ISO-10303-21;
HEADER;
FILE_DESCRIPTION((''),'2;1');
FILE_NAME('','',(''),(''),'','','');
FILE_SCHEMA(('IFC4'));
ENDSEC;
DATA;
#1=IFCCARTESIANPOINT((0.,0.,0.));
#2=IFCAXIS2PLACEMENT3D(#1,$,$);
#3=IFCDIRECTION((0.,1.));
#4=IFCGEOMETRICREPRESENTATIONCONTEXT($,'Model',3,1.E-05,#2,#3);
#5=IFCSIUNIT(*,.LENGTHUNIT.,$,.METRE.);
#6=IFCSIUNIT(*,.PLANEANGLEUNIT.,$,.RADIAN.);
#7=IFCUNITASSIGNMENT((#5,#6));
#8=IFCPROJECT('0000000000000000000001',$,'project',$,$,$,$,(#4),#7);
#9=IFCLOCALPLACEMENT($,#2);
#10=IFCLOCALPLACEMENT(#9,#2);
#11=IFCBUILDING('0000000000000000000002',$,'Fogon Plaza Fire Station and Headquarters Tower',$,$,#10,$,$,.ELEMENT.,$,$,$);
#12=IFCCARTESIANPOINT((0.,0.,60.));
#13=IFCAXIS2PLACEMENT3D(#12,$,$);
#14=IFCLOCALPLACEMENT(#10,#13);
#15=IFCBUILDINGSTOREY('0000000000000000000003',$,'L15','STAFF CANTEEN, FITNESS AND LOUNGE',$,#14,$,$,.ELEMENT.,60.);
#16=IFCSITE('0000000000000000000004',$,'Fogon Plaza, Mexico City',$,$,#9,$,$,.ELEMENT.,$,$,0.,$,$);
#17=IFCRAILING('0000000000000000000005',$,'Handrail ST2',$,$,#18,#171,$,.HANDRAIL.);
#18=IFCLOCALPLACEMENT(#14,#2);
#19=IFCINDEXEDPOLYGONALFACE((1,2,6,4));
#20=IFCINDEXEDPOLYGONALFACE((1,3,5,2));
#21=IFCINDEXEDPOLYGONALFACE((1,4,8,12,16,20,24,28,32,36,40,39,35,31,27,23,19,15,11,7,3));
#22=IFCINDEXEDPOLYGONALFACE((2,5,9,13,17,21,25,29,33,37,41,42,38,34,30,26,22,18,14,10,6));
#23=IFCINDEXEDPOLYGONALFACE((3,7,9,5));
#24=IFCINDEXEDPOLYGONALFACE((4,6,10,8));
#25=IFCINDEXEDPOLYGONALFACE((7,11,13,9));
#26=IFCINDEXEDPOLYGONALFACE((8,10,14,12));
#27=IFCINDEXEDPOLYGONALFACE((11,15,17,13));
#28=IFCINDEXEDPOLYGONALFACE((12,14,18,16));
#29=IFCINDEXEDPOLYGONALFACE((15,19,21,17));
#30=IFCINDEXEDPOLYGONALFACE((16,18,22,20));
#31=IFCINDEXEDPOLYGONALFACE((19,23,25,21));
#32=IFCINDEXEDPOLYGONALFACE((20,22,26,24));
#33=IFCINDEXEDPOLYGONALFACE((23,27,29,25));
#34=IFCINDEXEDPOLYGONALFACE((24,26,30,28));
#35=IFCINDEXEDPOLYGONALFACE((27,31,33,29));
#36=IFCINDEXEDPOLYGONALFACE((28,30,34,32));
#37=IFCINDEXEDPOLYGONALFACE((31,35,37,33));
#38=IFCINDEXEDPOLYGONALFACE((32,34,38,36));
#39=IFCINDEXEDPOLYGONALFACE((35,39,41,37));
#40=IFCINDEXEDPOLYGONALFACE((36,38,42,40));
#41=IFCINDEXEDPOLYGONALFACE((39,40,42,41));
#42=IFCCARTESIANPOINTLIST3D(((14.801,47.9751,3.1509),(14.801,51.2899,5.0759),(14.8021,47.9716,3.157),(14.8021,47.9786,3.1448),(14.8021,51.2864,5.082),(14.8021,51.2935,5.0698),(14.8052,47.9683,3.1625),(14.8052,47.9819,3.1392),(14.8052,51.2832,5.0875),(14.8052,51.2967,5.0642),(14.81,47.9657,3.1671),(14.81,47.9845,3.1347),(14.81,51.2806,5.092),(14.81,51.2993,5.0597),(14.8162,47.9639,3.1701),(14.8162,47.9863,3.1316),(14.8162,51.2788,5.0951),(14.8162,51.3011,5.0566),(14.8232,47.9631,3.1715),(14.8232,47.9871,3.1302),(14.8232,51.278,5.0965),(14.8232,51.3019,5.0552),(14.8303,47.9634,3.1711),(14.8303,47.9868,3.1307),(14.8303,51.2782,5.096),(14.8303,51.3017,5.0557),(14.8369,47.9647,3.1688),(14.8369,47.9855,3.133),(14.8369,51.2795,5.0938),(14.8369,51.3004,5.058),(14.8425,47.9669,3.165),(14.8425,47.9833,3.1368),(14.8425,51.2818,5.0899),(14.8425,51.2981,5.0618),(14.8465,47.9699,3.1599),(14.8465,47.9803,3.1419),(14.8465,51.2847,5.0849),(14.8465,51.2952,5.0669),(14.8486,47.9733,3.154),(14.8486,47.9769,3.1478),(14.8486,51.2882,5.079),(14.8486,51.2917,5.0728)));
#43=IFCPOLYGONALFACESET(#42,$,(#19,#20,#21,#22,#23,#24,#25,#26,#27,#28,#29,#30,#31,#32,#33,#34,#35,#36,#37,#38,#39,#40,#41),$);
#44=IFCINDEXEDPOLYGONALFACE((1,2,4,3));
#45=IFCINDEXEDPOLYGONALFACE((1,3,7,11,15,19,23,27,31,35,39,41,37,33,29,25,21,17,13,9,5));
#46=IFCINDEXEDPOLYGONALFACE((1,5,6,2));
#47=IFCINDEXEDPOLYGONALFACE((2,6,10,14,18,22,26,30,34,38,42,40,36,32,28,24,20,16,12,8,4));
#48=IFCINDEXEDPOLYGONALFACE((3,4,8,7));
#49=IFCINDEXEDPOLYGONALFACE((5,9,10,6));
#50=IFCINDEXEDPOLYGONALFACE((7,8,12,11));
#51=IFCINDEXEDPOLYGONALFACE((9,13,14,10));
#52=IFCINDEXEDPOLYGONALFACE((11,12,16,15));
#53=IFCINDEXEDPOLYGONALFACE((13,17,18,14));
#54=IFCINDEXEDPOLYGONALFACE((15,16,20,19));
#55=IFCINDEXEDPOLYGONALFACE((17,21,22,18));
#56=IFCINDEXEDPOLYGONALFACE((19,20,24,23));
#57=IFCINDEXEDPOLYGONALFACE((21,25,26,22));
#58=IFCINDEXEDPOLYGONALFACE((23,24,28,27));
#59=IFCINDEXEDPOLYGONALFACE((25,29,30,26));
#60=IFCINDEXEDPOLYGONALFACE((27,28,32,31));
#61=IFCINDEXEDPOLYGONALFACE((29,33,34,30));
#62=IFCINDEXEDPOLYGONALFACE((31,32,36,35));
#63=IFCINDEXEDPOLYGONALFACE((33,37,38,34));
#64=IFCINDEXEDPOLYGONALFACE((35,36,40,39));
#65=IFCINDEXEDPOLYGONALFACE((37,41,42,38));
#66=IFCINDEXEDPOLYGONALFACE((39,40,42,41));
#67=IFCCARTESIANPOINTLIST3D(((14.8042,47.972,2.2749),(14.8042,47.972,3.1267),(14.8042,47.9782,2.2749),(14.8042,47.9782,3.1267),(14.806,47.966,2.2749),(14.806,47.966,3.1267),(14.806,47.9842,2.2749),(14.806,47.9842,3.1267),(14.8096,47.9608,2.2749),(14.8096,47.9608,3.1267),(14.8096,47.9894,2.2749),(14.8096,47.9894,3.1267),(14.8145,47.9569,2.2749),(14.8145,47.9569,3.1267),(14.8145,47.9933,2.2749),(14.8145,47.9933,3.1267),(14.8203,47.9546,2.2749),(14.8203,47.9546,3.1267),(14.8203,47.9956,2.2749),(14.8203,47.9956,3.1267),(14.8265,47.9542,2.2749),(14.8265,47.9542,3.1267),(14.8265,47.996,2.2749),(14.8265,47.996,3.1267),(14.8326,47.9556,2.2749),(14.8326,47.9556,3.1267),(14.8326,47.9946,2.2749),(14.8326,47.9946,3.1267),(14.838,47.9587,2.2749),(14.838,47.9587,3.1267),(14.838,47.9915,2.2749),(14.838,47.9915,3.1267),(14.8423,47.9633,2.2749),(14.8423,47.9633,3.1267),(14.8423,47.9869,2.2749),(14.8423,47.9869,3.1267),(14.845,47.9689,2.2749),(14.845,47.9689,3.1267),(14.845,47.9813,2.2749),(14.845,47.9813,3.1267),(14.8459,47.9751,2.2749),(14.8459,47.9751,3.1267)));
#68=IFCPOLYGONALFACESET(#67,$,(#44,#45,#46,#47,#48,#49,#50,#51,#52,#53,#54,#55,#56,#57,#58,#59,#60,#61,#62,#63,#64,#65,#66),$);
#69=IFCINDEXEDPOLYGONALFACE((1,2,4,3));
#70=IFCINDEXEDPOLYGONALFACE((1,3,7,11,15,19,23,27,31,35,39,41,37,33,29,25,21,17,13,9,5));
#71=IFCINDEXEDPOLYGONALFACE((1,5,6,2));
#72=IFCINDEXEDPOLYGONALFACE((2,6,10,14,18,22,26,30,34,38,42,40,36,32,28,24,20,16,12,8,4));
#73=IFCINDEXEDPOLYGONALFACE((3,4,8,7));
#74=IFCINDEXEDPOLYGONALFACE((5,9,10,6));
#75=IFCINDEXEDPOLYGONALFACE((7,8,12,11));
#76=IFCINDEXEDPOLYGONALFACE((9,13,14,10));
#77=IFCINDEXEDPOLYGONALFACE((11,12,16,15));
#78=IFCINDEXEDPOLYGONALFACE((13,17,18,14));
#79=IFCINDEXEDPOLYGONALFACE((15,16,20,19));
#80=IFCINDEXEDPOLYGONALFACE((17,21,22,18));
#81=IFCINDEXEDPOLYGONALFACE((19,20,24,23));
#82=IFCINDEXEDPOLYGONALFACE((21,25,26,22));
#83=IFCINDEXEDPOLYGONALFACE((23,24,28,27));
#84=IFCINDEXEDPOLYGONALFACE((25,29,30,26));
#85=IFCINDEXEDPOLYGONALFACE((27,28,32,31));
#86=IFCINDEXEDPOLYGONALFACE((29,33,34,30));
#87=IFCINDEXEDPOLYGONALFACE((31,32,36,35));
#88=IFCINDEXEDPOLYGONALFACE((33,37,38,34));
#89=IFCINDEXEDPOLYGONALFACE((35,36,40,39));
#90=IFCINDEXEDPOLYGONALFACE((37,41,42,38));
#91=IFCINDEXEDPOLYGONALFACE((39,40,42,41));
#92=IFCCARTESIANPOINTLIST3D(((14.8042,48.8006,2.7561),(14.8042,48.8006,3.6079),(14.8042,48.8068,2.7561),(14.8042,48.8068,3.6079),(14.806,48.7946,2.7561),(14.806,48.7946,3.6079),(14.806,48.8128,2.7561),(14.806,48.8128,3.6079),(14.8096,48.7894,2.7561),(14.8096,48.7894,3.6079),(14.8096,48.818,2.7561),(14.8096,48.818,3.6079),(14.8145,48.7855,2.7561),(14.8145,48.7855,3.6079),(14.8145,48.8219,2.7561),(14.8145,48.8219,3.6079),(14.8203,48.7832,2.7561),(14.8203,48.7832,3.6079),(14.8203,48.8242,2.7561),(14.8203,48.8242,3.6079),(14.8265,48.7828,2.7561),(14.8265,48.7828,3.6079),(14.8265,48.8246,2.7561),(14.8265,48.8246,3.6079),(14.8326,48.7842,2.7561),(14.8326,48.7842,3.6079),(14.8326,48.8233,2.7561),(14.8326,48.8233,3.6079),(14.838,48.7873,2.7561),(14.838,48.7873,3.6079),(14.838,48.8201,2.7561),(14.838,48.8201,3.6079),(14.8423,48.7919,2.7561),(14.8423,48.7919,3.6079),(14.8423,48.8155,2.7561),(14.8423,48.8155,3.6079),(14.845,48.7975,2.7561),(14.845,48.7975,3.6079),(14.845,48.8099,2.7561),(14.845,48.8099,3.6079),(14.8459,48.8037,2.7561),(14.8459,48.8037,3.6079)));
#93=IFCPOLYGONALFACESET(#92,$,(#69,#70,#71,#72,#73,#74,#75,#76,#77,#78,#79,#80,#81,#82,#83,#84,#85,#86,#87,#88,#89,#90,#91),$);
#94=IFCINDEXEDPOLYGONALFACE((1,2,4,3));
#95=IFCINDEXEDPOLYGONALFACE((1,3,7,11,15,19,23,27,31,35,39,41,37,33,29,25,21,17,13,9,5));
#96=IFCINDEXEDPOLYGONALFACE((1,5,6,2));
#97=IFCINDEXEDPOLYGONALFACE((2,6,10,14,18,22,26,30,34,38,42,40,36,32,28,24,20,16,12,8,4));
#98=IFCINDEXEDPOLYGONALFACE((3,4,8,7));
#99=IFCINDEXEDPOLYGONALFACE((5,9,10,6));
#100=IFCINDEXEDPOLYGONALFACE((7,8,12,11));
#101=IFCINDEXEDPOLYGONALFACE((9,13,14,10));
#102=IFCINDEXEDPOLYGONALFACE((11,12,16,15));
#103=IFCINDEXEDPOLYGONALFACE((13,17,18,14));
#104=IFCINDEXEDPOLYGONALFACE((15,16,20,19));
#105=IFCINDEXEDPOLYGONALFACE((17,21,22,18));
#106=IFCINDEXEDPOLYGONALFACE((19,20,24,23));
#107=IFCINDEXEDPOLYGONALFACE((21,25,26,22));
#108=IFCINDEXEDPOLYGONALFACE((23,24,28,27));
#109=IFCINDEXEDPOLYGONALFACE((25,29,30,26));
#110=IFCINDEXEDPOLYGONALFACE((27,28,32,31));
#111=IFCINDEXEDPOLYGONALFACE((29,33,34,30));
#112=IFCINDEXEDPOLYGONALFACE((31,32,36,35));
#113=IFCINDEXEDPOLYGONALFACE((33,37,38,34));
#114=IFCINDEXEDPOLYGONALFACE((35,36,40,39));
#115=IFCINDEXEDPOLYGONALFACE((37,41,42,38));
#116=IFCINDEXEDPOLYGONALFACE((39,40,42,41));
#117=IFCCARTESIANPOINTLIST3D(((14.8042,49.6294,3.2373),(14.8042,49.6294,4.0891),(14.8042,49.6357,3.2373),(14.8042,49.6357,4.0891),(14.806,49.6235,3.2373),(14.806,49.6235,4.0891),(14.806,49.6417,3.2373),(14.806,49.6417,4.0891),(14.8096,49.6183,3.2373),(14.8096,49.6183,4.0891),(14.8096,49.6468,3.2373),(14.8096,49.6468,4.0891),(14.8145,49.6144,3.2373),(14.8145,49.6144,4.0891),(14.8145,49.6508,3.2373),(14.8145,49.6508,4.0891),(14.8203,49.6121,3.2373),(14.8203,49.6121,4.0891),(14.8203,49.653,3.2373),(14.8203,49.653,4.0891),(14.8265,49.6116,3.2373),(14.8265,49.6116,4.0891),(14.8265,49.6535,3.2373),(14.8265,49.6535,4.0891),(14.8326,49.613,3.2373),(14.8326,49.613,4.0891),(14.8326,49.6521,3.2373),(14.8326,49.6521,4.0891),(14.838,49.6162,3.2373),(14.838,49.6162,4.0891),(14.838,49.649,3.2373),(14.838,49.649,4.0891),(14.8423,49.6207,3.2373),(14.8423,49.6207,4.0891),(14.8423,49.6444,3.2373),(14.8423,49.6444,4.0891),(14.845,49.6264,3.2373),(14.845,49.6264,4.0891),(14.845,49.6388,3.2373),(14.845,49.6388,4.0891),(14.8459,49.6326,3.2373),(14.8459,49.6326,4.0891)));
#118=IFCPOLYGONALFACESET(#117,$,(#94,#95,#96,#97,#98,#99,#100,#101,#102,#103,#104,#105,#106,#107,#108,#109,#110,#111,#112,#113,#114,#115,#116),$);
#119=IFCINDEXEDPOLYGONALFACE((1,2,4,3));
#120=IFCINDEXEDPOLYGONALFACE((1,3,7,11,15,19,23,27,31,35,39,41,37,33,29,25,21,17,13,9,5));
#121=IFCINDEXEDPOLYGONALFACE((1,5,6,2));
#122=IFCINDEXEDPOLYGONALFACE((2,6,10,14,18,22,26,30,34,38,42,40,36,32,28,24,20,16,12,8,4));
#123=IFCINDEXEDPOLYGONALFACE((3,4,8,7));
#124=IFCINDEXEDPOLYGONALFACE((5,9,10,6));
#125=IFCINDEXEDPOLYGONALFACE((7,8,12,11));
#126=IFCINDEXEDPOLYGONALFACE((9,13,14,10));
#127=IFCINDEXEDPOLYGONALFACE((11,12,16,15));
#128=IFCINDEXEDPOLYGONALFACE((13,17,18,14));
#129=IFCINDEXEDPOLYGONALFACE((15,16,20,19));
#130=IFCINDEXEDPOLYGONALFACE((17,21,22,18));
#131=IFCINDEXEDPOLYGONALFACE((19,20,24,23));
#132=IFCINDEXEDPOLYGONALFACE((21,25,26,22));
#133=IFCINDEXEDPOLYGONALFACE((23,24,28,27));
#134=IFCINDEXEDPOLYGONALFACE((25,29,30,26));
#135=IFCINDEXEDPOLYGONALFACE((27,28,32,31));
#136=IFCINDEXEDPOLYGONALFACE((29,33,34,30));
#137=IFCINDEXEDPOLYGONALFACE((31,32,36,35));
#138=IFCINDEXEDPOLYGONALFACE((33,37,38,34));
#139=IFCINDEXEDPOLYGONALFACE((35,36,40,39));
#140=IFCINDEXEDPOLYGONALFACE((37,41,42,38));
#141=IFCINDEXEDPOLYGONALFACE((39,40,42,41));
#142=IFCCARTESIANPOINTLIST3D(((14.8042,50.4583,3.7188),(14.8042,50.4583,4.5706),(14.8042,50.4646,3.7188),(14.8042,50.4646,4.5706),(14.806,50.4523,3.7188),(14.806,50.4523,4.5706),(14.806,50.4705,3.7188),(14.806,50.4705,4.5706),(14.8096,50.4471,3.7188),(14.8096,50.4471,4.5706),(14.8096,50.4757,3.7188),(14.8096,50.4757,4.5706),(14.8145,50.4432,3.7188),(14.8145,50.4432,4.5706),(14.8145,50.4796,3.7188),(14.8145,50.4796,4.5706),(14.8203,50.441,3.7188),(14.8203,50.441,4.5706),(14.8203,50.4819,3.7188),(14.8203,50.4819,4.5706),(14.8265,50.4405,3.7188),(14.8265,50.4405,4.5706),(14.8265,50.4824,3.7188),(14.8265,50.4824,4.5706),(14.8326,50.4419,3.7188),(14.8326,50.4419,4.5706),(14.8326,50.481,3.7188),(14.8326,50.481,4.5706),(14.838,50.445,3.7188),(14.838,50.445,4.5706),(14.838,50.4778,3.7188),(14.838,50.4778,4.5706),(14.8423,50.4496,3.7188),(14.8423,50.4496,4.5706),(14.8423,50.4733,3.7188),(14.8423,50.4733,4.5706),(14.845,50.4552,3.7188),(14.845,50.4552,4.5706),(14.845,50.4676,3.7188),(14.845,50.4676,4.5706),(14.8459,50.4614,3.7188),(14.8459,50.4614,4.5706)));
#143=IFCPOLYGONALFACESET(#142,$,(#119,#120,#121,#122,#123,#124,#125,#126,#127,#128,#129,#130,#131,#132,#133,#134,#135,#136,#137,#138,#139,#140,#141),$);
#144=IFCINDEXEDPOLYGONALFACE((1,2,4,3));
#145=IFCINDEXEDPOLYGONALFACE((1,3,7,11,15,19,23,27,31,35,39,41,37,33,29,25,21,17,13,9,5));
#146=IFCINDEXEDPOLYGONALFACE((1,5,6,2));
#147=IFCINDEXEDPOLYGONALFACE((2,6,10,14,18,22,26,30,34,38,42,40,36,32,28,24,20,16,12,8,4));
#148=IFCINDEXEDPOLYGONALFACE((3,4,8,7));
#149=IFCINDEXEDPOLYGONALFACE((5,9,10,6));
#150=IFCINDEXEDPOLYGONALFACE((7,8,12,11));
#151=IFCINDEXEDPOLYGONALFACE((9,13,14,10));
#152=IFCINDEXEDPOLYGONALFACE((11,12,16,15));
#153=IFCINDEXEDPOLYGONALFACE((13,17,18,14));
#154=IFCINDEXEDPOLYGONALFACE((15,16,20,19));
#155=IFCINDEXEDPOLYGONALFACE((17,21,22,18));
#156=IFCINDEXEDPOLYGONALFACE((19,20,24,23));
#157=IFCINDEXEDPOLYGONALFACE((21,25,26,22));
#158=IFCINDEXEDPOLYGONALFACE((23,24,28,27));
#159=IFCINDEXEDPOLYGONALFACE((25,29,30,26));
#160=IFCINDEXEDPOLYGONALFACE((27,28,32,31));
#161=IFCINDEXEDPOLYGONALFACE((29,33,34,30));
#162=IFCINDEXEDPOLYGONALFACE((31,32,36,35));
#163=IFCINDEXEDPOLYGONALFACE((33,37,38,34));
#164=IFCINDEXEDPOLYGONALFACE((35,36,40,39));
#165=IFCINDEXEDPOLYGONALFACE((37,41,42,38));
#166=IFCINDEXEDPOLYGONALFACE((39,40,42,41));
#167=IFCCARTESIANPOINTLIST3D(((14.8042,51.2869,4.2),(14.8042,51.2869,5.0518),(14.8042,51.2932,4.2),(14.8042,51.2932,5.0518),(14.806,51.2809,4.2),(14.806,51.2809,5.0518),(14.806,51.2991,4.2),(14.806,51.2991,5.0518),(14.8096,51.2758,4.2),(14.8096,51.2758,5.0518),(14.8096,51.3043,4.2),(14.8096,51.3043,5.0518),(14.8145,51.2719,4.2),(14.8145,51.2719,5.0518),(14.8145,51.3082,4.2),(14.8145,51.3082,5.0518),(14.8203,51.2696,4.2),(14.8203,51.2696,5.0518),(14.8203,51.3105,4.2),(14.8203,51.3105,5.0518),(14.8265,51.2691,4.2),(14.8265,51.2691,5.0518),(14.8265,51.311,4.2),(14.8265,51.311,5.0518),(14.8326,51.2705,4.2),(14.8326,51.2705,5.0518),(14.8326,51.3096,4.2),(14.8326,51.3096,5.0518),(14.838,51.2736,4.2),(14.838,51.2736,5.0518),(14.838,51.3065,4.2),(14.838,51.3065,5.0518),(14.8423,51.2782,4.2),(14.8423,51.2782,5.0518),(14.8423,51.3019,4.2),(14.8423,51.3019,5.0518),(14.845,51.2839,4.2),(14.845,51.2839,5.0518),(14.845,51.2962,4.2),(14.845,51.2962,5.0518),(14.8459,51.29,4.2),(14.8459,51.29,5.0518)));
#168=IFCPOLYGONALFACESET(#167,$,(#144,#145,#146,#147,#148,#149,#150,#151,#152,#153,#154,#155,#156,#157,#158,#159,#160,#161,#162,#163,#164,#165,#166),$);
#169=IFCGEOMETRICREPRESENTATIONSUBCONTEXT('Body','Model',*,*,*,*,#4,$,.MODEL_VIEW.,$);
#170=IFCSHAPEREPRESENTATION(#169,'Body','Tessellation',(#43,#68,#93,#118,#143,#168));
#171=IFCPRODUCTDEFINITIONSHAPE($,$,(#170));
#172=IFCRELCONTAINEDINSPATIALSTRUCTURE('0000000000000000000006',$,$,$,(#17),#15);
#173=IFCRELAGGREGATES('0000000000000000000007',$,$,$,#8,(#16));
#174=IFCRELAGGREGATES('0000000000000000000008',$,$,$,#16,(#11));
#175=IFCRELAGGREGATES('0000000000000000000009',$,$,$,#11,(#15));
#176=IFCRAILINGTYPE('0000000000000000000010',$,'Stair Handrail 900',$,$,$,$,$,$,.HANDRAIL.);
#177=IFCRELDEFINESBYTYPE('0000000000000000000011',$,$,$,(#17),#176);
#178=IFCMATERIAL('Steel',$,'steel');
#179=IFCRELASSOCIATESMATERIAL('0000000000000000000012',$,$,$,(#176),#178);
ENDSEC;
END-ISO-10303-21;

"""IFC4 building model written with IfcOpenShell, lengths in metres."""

from ifc_helpers import new_model, si_unit, direction, frame, origin, origin_2d, place, context, subcontext, project, spatial, circle, extrude, material, type_object, element, save


model = new_model("IFC4")

# Units and contexts
model_context = context("Model", 3, precision=1e-05, world=origin(), true_north=direction((0.0, 1.0)))
body_context = subcontext(model_context, "Body", "Model", "MODEL_VIEW")
ifc_project = project(units=[si_unit("LENGTHUNIT", "METRE"), si_unit("PLANEANGLEUNIT", "RADIAN")], contexts=[model_context])

# Site, building, storey
site_placement = place(None, origin())
site = spatial("IfcSite", under=ifc_project, at=site_placement, Name="Fogon Plaza, Mexico City", CompositionType="ELEMENT", RefElevation=0.0)
building_placement = place(site_placement, origin())
building = spatial("IfcBuilding", under=site, at=building_placement, Name="Fogon Plaza Fire Station and Headquarters Tower", CompositionType="ELEMENT")
storey_placement = place(building_placement, frame((0.0, 0.0, 60.0)))
storey = spatial("IfcBuildingStorey", under=building, at=storey_placement, Name="L15", Description="STAFF CANTEEN, FITNESS AND LOUNGE", CompositionType="ELEMENT", Elevation=60.0)

# Railing
ifc_material_1 = material(Name="Steel", Category="steel")
railing_type = type_object("IfcRailingType", Name="Stair Handrail 900", PredefinedType="HANDRAIL", material=ifc_material_1)
for number, where, name in (
    (1, (14.825, 47.9751, 2.2749), "Handrail ST2"),
):
    element("IfcRailing", number, at=place(storey_placement, frame(where)), inside=storey, type_object=railing_type, Name=name, PredefinedType="HANDRAIL", context=body_context, shape_type="SweptSolid", body=[
        extrude(circle(Radius=0.0239, at=origin_2d()), frame((0.0, 0.0, 0.876), z_axis=(0.0, 0.864761, 0.502183), x_axis=(-1.0, 0.0, 0.0)), (0.0, 0.0, 1.0), 3.8333),
        extrude(circle(Radius=0.021, at=origin_2d()), origin(), (0.0, 0.0, 1.0), 0.8518),
        extrude(circle(Radius=0.021, at=origin_2d()), frame((0.0, 0.8286, 0.4812)), (0.0, 0.0, 1.0), 0.8518),
        extrude(circle(Radius=0.021, at=origin_2d()), frame((0.0, 1.6575, 0.9624)), (0.0, 0.0, 1.0), 0.8518),
        extrude(circle(Radius=0.021, at=origin_2d()), frame((0.0, 2.4863, 1.4438)), (0.0, 0.0, 1.0), 0.8518),
        extrude(circle(Radius=0.021, at=origin_2d()), frame((0.0, 3.3149, 1.925)), (0.0, 0.0, 1.0), 0.8518),
    ])

save(model, "model.ifc")
